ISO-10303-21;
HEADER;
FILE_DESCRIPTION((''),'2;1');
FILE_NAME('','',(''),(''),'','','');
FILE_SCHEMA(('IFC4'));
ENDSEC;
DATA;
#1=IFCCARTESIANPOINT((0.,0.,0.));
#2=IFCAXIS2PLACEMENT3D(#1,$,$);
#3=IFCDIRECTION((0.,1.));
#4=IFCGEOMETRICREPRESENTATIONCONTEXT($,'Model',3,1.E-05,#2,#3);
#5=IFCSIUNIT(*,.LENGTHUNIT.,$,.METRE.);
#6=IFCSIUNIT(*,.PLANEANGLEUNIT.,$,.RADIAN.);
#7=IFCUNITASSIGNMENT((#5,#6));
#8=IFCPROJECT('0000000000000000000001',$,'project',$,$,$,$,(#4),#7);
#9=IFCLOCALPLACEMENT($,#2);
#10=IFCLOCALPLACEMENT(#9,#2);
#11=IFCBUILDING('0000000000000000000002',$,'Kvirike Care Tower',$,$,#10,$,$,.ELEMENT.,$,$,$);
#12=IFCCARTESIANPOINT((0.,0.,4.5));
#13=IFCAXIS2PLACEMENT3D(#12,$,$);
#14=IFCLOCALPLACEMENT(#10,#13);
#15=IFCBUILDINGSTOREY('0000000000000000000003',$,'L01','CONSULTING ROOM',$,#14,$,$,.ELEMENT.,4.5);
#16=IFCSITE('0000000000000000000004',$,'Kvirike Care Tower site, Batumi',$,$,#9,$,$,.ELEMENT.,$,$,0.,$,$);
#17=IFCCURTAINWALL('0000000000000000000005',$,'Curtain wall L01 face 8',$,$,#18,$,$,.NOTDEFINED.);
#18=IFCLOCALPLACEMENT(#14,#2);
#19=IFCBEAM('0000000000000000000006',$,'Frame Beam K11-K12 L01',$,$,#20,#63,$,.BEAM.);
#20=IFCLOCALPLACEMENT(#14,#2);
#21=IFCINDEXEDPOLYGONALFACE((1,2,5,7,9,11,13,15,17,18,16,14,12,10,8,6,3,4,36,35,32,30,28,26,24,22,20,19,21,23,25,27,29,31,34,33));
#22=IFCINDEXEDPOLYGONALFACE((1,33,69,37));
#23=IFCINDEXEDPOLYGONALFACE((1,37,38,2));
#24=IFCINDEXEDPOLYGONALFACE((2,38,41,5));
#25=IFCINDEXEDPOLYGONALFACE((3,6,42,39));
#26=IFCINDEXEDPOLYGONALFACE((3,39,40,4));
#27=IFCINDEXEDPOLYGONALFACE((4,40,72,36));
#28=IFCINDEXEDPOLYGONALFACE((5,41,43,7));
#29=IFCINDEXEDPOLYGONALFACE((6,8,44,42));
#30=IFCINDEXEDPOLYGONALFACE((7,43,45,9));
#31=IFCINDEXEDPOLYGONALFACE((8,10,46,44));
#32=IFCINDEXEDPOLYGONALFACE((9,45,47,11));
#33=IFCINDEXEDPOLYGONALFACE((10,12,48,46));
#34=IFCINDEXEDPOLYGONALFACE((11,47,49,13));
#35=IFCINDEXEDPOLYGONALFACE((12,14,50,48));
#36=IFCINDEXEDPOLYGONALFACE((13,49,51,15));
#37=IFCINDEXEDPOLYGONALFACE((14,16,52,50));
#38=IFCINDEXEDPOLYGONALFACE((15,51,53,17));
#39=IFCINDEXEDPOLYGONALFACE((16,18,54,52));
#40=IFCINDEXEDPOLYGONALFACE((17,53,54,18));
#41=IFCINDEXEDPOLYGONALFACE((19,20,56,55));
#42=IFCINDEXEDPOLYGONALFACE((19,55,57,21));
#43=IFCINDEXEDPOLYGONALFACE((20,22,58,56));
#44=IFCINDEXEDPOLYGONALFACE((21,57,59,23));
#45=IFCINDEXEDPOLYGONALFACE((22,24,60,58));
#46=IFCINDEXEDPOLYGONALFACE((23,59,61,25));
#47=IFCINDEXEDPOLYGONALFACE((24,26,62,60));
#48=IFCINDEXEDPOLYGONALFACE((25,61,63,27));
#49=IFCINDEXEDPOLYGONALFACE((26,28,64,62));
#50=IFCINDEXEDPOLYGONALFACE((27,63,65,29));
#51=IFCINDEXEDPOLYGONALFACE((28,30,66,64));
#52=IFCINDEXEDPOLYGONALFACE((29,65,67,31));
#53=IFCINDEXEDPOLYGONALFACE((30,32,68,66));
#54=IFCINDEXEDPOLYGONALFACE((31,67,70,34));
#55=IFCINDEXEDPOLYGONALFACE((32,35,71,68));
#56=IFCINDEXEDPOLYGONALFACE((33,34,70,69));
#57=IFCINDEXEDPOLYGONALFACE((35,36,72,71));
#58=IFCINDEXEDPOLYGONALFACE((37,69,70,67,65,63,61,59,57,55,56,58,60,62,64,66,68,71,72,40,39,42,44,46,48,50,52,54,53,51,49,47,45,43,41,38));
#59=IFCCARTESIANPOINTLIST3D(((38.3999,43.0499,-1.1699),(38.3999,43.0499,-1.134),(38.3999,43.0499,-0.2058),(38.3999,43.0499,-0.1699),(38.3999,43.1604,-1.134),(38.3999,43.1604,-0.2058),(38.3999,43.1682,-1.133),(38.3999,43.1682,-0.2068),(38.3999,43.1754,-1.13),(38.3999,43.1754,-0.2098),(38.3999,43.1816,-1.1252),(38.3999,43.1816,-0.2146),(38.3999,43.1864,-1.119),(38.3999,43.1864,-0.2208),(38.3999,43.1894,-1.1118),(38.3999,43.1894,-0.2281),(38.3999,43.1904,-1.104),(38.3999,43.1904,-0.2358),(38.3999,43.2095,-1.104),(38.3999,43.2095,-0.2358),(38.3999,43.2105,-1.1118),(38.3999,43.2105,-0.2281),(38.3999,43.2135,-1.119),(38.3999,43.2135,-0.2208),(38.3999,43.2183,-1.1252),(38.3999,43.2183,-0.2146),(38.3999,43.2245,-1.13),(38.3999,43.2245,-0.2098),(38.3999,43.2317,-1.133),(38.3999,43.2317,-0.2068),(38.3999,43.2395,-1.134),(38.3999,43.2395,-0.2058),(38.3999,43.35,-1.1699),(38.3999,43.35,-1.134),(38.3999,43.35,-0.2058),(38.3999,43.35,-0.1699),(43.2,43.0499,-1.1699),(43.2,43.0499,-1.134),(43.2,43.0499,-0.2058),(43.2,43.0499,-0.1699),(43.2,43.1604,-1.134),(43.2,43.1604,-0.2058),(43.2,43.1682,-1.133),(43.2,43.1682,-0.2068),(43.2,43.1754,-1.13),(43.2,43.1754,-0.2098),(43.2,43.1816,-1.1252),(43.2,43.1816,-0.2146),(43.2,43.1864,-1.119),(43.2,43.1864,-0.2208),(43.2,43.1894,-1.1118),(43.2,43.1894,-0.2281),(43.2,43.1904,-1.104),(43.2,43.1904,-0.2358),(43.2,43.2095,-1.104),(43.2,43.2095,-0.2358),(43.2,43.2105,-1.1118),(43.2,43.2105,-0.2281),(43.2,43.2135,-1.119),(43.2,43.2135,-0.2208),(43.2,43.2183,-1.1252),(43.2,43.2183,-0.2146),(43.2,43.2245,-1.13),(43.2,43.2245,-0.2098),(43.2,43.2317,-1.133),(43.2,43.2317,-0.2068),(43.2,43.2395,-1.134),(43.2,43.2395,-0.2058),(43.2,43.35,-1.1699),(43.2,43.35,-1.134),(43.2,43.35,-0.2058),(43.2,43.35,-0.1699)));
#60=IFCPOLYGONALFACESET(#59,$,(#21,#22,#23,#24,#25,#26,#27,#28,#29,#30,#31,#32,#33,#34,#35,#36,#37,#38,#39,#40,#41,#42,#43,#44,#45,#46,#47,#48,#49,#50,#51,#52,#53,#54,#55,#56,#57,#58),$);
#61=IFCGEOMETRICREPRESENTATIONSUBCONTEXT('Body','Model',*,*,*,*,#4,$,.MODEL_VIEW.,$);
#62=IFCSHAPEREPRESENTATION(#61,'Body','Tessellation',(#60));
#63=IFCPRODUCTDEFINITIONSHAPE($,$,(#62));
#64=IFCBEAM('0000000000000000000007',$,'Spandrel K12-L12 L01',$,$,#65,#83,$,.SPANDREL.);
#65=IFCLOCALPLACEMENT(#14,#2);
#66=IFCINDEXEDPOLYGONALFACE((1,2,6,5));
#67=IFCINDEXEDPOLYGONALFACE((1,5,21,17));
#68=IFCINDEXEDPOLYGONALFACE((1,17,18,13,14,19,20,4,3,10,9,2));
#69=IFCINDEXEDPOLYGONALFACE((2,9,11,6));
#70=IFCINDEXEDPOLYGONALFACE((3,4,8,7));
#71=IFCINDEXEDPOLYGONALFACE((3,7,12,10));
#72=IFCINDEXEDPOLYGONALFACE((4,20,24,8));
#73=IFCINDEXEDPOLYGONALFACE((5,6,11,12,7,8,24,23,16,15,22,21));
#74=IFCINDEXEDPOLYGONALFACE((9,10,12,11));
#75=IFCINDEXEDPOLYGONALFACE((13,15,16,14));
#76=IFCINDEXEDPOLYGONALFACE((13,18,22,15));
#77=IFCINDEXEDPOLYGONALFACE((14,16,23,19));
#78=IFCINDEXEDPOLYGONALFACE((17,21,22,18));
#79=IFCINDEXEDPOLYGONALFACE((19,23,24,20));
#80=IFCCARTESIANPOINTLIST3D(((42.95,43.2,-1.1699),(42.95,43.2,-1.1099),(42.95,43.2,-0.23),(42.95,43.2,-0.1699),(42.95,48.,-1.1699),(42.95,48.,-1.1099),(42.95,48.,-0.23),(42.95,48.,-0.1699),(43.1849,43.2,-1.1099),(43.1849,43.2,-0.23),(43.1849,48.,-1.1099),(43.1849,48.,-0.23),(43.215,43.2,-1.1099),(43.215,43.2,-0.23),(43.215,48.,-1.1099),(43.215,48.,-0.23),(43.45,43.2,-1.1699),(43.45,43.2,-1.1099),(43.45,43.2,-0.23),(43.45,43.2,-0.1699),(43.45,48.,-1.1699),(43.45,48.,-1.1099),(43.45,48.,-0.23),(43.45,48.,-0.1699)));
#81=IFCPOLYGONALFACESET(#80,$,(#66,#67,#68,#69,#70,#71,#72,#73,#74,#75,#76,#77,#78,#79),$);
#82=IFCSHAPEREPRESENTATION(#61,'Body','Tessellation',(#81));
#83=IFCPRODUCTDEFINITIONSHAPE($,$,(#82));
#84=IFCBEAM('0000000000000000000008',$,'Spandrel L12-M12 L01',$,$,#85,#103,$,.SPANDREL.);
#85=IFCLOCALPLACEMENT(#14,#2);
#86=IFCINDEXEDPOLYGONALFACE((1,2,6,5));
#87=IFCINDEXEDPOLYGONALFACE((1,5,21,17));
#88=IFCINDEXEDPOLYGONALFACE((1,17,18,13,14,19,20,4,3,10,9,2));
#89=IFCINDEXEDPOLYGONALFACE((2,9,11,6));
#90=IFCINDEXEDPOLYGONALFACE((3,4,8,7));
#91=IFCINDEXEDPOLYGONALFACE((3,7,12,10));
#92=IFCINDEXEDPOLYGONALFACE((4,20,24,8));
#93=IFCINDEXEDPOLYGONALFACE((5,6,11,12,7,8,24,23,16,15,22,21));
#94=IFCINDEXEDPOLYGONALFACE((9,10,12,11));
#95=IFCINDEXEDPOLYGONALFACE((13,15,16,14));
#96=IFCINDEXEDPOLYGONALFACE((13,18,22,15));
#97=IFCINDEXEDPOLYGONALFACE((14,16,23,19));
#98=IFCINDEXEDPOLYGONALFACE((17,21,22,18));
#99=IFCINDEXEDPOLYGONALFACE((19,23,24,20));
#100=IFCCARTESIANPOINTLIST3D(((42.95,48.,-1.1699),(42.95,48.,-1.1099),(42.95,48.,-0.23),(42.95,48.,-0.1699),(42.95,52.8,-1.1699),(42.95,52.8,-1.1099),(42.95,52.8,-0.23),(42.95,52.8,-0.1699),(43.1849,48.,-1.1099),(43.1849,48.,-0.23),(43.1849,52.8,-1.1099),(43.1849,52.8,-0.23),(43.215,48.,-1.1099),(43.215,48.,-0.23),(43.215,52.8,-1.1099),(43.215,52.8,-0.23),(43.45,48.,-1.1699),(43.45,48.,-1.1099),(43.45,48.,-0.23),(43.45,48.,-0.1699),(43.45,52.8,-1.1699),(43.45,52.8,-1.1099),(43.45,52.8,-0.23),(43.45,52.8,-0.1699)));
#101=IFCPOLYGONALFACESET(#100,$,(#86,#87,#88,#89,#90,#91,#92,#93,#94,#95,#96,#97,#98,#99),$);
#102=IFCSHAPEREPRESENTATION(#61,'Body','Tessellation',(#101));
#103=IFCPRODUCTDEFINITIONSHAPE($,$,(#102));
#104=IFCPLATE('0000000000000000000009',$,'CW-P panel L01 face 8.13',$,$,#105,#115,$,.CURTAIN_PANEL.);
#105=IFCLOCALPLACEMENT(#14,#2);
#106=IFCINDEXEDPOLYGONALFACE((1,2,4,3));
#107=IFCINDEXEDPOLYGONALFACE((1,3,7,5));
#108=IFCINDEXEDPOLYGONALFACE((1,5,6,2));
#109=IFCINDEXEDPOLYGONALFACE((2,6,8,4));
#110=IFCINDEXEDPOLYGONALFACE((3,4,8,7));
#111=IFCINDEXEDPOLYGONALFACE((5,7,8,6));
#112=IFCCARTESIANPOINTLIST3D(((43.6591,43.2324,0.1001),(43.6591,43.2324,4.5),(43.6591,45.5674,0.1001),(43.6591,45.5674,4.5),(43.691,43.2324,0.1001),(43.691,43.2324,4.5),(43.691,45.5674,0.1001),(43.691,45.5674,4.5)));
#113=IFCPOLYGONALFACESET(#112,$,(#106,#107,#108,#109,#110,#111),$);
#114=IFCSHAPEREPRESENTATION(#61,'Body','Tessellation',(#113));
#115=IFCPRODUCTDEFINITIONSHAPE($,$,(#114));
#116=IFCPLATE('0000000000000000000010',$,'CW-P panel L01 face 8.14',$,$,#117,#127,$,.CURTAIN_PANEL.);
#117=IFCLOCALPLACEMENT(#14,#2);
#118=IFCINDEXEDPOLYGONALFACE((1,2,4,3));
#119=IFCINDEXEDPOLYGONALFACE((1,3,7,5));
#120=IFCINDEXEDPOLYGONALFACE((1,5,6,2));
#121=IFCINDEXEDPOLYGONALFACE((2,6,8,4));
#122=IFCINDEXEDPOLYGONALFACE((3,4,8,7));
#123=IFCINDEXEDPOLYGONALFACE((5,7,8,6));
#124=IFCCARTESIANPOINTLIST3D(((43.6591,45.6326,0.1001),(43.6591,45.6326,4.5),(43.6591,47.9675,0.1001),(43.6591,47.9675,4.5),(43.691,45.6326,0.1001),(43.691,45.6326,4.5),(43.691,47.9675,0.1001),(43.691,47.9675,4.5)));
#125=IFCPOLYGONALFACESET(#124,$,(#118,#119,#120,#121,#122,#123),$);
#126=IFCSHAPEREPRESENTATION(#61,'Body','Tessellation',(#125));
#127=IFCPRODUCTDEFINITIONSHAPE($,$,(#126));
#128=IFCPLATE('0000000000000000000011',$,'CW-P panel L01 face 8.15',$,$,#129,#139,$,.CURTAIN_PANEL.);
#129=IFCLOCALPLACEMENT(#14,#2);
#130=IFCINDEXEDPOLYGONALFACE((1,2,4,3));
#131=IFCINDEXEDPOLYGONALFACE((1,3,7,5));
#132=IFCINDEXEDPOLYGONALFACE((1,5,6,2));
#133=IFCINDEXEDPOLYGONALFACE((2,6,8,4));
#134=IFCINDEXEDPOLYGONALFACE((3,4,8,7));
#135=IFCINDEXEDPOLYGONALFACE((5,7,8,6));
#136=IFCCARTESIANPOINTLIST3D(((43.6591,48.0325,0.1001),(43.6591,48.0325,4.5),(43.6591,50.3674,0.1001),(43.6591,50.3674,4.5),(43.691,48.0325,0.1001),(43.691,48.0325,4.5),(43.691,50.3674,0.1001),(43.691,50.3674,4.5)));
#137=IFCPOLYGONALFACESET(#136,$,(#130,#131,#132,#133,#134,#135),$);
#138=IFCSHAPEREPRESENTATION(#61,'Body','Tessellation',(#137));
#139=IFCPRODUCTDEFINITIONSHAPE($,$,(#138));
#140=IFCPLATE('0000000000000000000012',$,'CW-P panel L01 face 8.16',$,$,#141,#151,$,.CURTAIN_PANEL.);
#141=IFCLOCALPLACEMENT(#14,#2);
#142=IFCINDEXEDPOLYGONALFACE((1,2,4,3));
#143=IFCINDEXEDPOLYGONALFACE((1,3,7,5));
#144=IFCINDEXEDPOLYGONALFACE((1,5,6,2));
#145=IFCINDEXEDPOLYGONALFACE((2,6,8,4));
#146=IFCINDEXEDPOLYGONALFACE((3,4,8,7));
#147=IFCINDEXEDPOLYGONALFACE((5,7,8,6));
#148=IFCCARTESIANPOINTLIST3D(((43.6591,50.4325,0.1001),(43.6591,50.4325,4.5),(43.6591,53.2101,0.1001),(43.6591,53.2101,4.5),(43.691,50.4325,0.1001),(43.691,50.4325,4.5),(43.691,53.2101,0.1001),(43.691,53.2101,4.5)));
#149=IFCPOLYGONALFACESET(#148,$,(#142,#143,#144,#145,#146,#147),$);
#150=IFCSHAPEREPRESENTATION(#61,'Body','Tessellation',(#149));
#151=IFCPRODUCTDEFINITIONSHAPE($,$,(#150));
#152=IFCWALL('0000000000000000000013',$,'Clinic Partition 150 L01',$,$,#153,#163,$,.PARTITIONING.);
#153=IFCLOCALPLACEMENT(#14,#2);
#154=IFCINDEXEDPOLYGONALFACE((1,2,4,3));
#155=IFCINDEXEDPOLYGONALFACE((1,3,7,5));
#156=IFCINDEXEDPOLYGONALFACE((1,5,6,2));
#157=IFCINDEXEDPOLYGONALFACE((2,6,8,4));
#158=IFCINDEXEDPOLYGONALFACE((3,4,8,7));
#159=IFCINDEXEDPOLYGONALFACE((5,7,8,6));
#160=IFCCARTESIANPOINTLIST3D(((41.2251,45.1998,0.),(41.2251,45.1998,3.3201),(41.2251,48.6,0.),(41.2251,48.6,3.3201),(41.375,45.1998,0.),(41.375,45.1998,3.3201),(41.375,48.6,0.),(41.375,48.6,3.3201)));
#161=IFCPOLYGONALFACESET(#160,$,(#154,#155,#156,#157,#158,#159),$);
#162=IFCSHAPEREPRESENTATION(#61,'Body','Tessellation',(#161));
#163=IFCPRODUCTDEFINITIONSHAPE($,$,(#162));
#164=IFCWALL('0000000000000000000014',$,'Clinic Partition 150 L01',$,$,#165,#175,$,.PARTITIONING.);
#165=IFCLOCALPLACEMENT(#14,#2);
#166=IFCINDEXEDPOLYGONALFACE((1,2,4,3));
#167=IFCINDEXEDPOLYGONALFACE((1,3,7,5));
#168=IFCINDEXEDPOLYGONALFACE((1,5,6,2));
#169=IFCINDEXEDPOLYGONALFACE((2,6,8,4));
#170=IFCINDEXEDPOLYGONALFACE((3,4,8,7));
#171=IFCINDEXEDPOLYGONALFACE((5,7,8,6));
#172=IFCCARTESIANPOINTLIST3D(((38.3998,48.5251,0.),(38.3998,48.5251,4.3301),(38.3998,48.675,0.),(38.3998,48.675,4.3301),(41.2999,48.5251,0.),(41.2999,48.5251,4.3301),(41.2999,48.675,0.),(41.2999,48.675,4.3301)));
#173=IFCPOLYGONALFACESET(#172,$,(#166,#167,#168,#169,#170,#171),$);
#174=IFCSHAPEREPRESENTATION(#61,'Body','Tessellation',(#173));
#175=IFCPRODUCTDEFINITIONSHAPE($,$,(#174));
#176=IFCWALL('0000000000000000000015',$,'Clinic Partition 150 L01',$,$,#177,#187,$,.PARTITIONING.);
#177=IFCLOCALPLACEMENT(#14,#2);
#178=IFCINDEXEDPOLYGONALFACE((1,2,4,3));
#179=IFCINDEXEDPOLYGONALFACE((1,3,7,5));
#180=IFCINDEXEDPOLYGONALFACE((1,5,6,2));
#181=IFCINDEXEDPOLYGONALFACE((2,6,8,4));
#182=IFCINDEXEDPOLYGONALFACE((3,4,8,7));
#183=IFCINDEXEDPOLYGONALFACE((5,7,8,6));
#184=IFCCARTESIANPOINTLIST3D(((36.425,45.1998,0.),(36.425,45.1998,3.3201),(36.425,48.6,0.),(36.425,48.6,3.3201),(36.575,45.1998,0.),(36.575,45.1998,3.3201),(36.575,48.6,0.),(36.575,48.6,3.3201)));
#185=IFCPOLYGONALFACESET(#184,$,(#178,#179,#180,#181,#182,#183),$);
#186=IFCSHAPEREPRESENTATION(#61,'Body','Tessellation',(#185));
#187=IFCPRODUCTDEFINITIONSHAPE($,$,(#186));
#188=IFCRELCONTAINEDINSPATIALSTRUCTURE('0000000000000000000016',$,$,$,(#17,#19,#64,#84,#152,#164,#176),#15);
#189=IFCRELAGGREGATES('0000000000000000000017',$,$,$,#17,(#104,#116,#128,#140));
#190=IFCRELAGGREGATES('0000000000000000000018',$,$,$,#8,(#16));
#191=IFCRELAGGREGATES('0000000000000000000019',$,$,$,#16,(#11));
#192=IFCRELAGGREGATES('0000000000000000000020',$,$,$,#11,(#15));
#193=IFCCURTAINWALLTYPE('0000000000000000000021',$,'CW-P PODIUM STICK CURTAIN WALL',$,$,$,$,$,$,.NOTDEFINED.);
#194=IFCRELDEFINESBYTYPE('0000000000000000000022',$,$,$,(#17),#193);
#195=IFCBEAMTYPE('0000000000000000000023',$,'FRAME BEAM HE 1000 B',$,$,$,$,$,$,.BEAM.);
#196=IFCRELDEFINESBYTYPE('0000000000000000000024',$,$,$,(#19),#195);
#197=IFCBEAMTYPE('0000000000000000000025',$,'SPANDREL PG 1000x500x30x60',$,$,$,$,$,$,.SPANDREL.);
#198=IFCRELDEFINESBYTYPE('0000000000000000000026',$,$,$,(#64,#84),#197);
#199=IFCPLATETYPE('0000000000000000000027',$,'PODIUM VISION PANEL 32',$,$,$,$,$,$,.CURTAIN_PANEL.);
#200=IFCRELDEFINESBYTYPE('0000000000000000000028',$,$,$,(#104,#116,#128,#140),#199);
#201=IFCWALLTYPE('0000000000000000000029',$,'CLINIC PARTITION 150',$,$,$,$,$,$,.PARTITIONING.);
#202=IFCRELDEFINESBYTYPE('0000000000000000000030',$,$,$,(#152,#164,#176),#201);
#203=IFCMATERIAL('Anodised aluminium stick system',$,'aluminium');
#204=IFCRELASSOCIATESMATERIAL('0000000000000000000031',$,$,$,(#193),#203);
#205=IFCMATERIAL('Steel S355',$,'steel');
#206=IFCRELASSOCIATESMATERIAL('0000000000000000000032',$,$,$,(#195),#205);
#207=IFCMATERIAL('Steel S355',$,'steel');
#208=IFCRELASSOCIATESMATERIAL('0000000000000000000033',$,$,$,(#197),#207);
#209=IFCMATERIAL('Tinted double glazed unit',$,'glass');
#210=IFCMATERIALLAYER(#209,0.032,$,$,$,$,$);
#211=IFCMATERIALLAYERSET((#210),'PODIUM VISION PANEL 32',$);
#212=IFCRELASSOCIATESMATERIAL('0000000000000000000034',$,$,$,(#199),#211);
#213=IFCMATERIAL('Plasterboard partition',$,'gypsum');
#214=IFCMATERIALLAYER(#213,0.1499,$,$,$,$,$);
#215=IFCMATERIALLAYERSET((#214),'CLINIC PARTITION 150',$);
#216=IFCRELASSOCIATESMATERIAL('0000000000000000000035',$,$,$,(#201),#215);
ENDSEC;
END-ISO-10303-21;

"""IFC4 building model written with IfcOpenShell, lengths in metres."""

from ifc_helpers import new_model, si_unit, direction, frame, frame_2d, origin, origin_2d, place, context, subcontext, project, spatial, rectangle, i_section, extrude, material, layer, layer_set, material_profile, profile_set, type_object, element, aggregate, save


model = new_model("IFC4")

# Units and contexts
model_context = context("Model", 3, precision=1e-05, world=origin(), true_north=direction((0.0, 1.0)))
body_context = subcontext(model_context, "Body", "Model", "MODEL_VIEW")
ifc_project = project(units=[si_unit("LENGTHUNIT", "METRE"), si_unit("PLANEANGLEUNIT", "RADIAN")], contexts=[model_context])

# Site, building, storey
site_placement = place(None, origin())
site = spatial("IfcSite", under=ifc_project, at=site_placement, Name="Kvirike Care Tower site, Batumi", CompositionType="ELEMENT", RefElevation=0.0)
building_placement = place(site_placement, origin())
building = spatial("IfcBuilding", under=site, at=building_placement, Name="Kvirike Care Tower", CompositionType="ELEMENT")
storey_placement = place(building_placement, frame((0.0, 0.0, 4.5)))
storey = spatial("IfcBuildingStorey", under=building, at=storey_placement, Name="L01", Description="CONSULTING ROOM", CompositionType="ELEMENT", Elevation=4.5)

# Curtain wall
ifc_material_1 = material(Name="Anodised aluminium stick system", Category="aluminium")
curtain_wall_type = type_object("IfcCurtainWallType", Name="CW-P PODIUM STICK CURTAIN WALL", PredefinedType="NOTDEFINED", material=ifc_material_1)
curtain_wall_placement = place(storey_placement, origin())
curtain_wall = element("IfcCurtainWall", 1, at=curtain_wall_placement, inside=storey, type_object=curtain_wall_type, Name="Curtain wall L01 face 8", PredefinedType="NOTDEFINED")

# Beams
ifc_material_2 = material(Name="Steel S355", Category="steel")
ifc_material_profile_1 = material_profile(ifc_material_2, i_section(OverallWidth=0.3, OverallDepth=1.0, WebThickness=0.019, FlangeThickness=0.0359, FilletRadius=0.03, at=origin_2d()), Name="HE 1000 B")
ifc_profile_set_1 = profile_set([ifc_material_profile_1], Name="Steel S355")
beam_type_1 = type_object("IfcBeamType", Name="FRAME BEAM HE 1000 B", PredefinedType="BEAM", material=ifc_profile_set_1)
beam_placement = place(storey_placement, frame((38.3999, 43.2, -0.6699), z_axis=(1.0, 0.0, 0.0), x_axis=(0.0, 1.0, 0.0)))
element("IfcBeam", 2, at=beam_placement, inside=storey, type_object=beam_type_1, Name="Frame Beam K11-K12 L01", PredefinedType="BEAM", context=body_context, shape_type="SweptSolid", body=[
    extrude(i_section(OverallWidth=0.3, OverallDepth=1.0, WebThickness=0.019, FlangeThickness=0.0359, FilletRadius=0.03, at=origin_2d()), origin(), (0.0, 0.0, 1.0), 4.8),
])
ifc_material_3 = material(Name="Steel S355", Category="steel")
ifc_material_profile_2 = material_profile(ifc_material_3, i_section(OverallWidth=0.5, OverallDepth=1.0, WebThickness=0.03, FlangeThickness=0.0601, at=origin_2d()), Name="PG 1000x500x30x60")
ifc_profile_set_2 = profile_set([ifc_material_profile_2], Name="Steel S355")
beam_type_2 = type_object("IfcBeamType", Name="SPANDREL PG 1000x500x30x60", PredefinedType="SPANDREL", material=ifc_profile_set_2)
for number, where, z_axis, x_axis, name in (
    (3, (43.2, 43.2, -0.6699), (0.0, 1.0, 0.0), (-1.0, 0.0, 0.0), "Spandrel K12-L12 L01"),
    (4, (43.2, 48.0, -0.6699), (0.0, 1.0, 0.0), (-1.0, 0.0, 0.0), "Spandrel L12-M12 L01"),
):
    element("IfcBeam", number, at=place(storey_placement, frame(where, z_axis=z_axis, x_axis=x_axis)), inside=storey, type_object=beam_type_2, Name=name, PredefinedType="SPANDREL", context=body_context, shape_type="SweptSolid", body=[
        extrude(i_section(OverallWidth=0.5, OverallDepth=1.0, WebThickness=0.03, FlangeThickness=0.0601, at=origin_2d()), origin(), (0.0, 0.0, 1.0), 4.8),
    ])

# Plates
ifc_material_4 = material(Name="Tinted double glazed unit", Category="glass")
ifc_layer_1 = layer(ifc_material_4, 0.032)
ifc_layer_set_1 = layer_set([ifc_layer_1], Name="PODIUM VISION PANEL 32")
plate_type = type_object("IfcPlateType", Name="PODIUM VISION PANEL 32", PredefinedType="CURTAIN_PANEL", material=ifc_layer_set_1)
plate_1_placement = place(storey_placement, frame((43.675, 44.3999, 0.1001), z_axis=(0.0, 0.0, 1.0), x_axis=(0.0, 1.0, 0.0)))
plate_1 = element("IfcPlate", 5, at=plate_1_placement, type_object=plate_type, Name="CW-P panel L01 face 8.13", PredefinedType="CURTAIN_PANEL", context=body_context, shape_type="SweptSolid", body=[
    extrude(rectangle(XDim=2.335, YDim=0.032, at=origin_2d()), origin(), (0.0, 0.0, 1.0), 4.3999),
])
plate_2_placement = place(storey_placement, frame((43.675, 46.8, 0.1001), z_axis=(0.0, 0.0, 1.0), x_axis=(0.0, 1.0, 0.0)))
plate_2 = element("IfcPlate", 6, at=plate_2_placement, type_object=plate_type, Name="CW-P panel L01 face 8.14", PredefinedType="CURTAIN_PANEL", context=body_context, shape_type="SweptSolid", body=[
    extrude(rectangle(XDim=2.335, YDim=0.032, at=origin_2d()), origin(), (0.0, 0.0, 1.0), 4.3999),
])
plate_3_placement = place(storey_placement, frame((43.675, 49.2, 0.1001), z_axis=(0.0, 0.0, 1.0), x_axis=(0.0, 1.0, 0.0)))
plate_3 = element("IfcPlate", 7, at=plate_3_placement, type_object=plate_type, Name="CW-P panel L01 face 8.15", PredefinedType="CURTAIN_PANEL", context=body_context, shape_type="SweptSolid", body=[
    extrude(rectangle(XDim=2.335, YDim=0.032, at=origin_2d()), origin(), (0.0, 0.0, 1.0), 4.3999),
])
plate_4_placement = place(storey_placement, frame((43.675, 51.8213, 0.1001), z_axis=(0.0, 0.0, 1.0), x_axis=(0.0, 1.0, 0.0)))
plate_4 = element("IfcPlate", 8, at=plate_4_placement, type_object=plate_type, Name="CW-P panel L01 face 8.16", PredefinedType="CURTAIN_PANEL", context=body_context, shape_type="SweptSolid", body=[
    extrude(rectangle(XDim=2.7776, YDim=0.032, at=origin_2d()), origin(), (0.0, 0.0, 1.0), 4.3999),
])
aggregate(curtain_wall, [plate_1, plate_2, plate_3, plate_4])

# Walls
ifc_material_5 = material(Name="Plasterboard partition", Category="gypsum")
ifc_layer_2 = layer(ifc_material_5, 0.1499)
ifc_layer_set_2 = layer_set([ifc_layer_2], Name="CLINIC PARTITION 150")
wall_type_1 = type_object("IfcWallType", Name="CLINIC PARTITION 150", PredefinedType="PARTITIONING", material=ifc_layer_set_2)
wall_1_placement = place(storey_placement, frame((41.3, 48.6001, 0.0), z_axis=(0.0, 0.0, 1.0), x_axis=(0.0, -1.0, 0.0)))
element("IfcWall", 9, at=wall_1_placement, inside=storey, type_object=wall_type_1, Name="Clinic Partition 150 L01", PredefinedType="PARTITIONING", context=body_context, shape_type="SweptSolid", body=[
    extrude(rectangle(XDim=3.4001, YDim=0.1499, at=frame_2d((1.7002, 0.0))), origin(), (0.0, 0.0, 1.0), 3.3201),
])
wall_2_placement = place(storey_placement, frame((41.3, 48.6001, 0.0), z_axis=(0.0, 0.0, 1.0), x_axis=(-1.0, 0.0, 0.0)))
element("IfcWall", 10, at=wall_2_placement, inside=storey, type_object=wall_type_1, Name="Clinic Partition 150 L01", PredefinedType="PARTITIONING", context=body_context, shape_type="SweptSolid", body=[
    extrude(rectangle(XDim=2.9001, YDim=0.1499, at=frame_2d((1.4502, 0.0))), origin(), (0.0, 0.0, 1.0), 4.3301),
])
wall_3_placement = place(storey_placement, frame((36.5, 48.6001, 0.0), z_axis=(0.0, 0.0, 1.0), x_axis=(0.0, -1.0, 0.0)))
element("IfcWall", 11, at=wall_3_placement, inside=storey, type_object=wall_type_1, Name="Clinic Partition 150 L01", PredefinedType="PARTITIONING", context=body_context, shape_type="SweptSolid", body=[
    extrude(rectangle(XDim=3.4001, YDim=0.1499, at=frame_2d((1.7002, 0.0))), origin(), (0.0, 0.0, 1.0), 3.3201),
])

save(model, "model.ifc")
